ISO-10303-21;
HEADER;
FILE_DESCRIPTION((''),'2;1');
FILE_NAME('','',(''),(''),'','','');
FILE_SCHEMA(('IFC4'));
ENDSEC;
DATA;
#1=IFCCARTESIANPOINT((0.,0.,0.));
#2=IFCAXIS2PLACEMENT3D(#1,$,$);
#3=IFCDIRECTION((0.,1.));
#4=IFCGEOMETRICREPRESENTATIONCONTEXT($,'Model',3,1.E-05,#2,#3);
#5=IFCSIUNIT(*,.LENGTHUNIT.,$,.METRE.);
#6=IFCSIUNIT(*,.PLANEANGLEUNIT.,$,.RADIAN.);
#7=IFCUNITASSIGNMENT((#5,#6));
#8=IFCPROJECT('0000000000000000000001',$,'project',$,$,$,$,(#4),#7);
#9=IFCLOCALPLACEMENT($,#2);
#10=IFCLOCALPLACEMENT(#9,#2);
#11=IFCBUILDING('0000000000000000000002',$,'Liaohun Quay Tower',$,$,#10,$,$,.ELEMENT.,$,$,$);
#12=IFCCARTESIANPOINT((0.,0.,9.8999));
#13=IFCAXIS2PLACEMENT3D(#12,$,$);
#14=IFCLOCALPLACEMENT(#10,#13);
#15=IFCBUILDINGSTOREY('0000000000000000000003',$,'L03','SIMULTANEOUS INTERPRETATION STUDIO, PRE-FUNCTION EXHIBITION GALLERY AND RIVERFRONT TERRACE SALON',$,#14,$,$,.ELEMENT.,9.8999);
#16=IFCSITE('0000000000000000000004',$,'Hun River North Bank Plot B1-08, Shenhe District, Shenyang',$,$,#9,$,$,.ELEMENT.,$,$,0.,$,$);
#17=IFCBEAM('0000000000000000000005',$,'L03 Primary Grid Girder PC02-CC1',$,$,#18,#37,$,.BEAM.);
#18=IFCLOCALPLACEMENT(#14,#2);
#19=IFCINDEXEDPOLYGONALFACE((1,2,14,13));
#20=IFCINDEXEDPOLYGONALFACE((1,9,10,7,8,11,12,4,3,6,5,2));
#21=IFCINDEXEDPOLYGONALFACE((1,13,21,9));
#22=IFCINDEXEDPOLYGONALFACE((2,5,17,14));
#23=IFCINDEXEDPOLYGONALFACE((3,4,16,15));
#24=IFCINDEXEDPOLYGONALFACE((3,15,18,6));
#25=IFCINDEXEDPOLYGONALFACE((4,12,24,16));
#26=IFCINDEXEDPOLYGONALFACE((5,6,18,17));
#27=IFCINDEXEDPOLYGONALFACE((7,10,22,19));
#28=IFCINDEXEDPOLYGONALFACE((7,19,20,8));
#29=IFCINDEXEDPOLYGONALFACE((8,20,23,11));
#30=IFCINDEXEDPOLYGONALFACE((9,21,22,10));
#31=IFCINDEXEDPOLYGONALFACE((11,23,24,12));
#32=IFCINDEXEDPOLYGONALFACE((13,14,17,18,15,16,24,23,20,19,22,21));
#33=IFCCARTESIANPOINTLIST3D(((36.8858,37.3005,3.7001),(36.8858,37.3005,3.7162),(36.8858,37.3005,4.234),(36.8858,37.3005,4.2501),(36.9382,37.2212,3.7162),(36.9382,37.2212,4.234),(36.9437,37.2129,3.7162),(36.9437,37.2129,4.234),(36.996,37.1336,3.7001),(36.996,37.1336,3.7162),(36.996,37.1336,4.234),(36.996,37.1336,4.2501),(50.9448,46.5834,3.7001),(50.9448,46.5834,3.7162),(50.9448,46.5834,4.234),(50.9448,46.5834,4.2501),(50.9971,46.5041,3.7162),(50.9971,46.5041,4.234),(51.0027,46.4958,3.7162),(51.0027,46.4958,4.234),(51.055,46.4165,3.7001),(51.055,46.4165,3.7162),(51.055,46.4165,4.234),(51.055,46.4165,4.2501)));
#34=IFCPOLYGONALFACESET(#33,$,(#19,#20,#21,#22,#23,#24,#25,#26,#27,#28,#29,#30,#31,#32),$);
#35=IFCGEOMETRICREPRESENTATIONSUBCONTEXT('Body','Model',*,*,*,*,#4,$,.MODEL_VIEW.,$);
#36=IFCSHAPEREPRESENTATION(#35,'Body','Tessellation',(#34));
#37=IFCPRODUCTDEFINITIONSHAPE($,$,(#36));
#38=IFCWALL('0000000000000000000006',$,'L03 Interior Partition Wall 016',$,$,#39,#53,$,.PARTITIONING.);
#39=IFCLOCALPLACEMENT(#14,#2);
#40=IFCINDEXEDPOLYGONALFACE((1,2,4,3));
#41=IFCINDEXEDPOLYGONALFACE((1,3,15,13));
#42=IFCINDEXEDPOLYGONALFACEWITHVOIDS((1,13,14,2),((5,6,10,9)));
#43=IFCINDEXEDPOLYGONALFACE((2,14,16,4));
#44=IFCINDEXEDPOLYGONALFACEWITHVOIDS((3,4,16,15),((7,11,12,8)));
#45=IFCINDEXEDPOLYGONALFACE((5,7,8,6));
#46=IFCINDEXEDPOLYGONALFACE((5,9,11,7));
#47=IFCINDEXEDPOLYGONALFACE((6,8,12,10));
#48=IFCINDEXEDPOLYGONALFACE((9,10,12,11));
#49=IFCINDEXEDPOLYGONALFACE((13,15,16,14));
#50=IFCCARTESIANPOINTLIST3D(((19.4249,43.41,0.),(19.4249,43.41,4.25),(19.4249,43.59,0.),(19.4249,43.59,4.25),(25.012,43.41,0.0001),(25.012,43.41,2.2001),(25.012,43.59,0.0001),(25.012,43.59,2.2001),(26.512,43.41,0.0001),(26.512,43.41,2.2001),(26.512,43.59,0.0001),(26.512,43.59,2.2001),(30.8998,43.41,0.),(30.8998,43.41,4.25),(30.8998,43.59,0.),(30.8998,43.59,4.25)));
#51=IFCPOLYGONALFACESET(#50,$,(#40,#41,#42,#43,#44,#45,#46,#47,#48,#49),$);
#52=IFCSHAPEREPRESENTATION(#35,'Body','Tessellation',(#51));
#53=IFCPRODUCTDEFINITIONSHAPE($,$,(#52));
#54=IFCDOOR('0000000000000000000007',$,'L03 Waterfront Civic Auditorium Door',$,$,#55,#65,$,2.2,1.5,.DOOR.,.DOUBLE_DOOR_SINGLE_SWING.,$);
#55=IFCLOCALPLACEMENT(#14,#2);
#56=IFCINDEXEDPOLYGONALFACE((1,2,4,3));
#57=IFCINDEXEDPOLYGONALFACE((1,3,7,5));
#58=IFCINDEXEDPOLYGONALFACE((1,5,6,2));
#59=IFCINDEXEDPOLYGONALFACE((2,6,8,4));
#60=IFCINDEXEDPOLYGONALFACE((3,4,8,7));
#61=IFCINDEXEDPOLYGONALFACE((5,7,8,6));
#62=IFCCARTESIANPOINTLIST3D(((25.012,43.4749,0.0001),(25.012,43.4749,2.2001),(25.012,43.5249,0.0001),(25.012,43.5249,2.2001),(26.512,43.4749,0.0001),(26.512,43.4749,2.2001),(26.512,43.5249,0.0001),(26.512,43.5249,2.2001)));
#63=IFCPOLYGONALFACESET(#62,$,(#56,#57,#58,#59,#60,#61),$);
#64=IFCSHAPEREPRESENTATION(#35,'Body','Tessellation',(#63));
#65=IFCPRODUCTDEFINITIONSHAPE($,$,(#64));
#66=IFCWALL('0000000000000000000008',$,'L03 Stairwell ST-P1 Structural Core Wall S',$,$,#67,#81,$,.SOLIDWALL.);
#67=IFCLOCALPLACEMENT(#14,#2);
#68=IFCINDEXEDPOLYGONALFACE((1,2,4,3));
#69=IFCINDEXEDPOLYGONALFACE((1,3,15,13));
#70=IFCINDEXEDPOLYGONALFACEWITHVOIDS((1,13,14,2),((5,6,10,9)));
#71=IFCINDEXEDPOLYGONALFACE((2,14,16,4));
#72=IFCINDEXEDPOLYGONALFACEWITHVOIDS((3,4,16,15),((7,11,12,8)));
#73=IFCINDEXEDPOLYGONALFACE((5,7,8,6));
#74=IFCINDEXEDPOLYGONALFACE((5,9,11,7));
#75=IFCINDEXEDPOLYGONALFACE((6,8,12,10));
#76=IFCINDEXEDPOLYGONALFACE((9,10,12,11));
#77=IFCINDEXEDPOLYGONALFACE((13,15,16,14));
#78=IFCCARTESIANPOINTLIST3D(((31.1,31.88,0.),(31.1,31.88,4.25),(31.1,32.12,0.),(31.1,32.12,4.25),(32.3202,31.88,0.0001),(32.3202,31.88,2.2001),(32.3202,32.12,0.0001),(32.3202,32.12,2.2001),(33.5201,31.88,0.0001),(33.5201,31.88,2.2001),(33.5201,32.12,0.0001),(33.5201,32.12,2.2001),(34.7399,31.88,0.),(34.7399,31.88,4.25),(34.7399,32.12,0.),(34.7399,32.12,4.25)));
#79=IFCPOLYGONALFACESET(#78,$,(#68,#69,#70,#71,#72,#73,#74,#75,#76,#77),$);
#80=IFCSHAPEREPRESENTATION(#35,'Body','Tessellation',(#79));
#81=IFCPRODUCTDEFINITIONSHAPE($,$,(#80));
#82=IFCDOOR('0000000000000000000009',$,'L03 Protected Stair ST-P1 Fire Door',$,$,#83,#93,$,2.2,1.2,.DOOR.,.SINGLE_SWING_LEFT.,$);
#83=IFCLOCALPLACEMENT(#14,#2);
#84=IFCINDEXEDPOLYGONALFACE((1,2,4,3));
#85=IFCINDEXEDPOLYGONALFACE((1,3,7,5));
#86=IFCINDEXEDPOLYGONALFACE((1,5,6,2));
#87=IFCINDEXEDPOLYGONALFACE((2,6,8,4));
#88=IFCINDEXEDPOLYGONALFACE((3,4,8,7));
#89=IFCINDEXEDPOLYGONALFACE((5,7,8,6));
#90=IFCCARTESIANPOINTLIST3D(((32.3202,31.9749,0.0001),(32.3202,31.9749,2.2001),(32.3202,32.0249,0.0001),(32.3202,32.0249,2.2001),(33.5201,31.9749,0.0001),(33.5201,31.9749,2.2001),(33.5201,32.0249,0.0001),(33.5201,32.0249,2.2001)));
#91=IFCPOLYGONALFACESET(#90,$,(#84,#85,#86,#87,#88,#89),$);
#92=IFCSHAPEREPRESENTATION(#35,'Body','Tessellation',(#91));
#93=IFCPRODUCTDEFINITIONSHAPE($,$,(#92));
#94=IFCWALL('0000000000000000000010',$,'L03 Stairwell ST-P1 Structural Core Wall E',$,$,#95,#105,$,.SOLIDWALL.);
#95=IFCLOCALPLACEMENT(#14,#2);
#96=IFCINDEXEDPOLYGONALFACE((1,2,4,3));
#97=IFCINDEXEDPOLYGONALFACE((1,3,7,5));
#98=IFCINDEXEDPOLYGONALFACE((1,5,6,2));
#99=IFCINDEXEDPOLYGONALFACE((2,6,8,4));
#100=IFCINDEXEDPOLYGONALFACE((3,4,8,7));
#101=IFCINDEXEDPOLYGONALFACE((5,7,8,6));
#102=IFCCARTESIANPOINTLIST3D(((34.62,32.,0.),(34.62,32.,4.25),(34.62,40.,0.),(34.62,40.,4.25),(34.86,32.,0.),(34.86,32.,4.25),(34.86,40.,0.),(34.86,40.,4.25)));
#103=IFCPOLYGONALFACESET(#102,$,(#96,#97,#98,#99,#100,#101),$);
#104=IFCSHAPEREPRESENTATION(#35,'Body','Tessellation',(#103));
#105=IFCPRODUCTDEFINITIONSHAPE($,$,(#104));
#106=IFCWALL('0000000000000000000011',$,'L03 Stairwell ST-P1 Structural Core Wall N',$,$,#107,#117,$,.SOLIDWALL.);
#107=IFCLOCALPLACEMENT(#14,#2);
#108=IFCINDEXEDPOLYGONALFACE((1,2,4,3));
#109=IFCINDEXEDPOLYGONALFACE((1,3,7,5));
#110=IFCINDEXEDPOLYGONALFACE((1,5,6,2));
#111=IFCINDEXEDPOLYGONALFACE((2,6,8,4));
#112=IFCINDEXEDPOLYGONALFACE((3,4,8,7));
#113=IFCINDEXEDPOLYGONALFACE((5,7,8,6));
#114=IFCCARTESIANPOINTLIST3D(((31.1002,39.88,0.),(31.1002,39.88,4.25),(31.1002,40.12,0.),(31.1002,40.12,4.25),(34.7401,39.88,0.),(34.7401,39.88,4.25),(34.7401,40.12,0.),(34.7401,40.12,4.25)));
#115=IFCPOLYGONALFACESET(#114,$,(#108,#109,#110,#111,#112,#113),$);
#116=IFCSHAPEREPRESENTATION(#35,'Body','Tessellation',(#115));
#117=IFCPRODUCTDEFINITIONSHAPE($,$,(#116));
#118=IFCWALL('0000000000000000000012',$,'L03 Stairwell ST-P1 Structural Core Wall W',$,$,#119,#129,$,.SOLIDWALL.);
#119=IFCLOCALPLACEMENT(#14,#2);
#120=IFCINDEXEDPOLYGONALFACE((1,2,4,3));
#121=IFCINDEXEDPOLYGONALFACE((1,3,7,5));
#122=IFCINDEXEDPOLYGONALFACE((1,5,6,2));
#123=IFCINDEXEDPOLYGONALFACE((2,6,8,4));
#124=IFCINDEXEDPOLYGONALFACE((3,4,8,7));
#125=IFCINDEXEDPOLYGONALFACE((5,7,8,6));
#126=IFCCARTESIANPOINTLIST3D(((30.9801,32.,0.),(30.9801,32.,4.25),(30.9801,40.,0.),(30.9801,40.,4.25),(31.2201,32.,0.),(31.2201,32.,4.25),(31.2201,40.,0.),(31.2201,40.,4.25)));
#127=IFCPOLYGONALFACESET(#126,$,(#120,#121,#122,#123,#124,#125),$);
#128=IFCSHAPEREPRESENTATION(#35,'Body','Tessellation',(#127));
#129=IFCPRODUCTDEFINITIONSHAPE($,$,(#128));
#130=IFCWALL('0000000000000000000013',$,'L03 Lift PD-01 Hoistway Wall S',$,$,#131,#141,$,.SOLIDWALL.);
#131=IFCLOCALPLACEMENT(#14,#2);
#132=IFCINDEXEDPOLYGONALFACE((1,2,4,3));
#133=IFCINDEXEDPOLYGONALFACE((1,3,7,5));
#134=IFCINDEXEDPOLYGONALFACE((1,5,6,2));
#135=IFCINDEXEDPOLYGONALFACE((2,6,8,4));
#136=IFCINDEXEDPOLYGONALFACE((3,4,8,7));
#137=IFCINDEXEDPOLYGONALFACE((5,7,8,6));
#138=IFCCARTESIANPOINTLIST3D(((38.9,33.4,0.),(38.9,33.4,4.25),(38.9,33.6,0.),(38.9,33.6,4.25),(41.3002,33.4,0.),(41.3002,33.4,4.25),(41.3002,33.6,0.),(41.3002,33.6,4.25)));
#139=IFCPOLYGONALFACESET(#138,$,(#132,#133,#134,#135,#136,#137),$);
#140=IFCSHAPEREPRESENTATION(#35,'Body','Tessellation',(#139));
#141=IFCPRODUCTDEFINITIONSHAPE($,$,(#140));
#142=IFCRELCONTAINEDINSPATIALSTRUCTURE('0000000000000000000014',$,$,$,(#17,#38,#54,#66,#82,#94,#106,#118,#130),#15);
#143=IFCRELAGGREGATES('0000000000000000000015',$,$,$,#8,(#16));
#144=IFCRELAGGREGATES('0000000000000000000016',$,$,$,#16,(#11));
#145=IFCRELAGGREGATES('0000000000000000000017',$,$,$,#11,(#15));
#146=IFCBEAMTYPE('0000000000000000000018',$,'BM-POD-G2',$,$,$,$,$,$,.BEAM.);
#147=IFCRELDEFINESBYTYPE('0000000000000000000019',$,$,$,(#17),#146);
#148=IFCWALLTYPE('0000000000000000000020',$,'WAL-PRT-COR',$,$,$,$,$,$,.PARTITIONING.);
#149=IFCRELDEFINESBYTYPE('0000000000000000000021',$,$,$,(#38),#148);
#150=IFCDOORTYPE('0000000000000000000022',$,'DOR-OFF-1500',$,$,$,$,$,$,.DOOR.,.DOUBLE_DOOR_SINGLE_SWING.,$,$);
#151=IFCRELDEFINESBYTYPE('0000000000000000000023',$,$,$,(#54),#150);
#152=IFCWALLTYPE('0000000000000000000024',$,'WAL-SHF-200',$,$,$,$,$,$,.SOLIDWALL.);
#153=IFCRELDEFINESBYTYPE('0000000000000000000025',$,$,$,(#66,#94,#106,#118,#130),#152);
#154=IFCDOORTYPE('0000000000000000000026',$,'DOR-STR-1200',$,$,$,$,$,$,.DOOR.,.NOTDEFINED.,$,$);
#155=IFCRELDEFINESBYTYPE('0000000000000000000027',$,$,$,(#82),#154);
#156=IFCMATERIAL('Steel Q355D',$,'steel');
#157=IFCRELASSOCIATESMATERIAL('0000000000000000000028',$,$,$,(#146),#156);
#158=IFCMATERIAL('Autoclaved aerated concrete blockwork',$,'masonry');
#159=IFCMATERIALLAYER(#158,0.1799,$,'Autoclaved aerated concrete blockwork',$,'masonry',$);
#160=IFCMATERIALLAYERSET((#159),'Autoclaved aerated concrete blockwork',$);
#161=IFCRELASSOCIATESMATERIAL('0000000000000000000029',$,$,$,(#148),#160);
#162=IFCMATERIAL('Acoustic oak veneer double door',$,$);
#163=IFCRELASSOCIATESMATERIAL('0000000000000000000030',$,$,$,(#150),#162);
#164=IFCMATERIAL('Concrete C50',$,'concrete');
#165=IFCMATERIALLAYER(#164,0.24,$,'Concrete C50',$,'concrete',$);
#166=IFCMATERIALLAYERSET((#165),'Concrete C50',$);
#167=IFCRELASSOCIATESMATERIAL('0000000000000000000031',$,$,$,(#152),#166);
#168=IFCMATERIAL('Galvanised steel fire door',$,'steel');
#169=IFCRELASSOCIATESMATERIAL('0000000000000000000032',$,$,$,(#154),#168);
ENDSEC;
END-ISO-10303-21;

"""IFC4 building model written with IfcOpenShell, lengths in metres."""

from ifc_helpers import new_model, si_unit, direction, frame, frame_2d, origin, origin_2d, place, context, subcontext, project, spatial, rectangle, i_section, extrude, source, transform, mapped, material, layer, layer_set, material_profile, profile_set, type_object, element, fill, save


model = new_model("IFC4")

# Units and contexts
model_context = context("Model", 3, precision=1e-05, world=origin(), true_north=direction((0.0, 1.0)))
body_context = subcontext(model_context, "Body", "Model", "MODEL_VIEW")
ifc_project = project(units=[si_unit("LENGTHUNIT", "METRE"), si_unit("PLANEANGLEUNIT", "RADIAN")], contexts=[model_context])

# Site, building, storey
site_placement = place(None, origin())
site = spatial("IfcSite", under=ifc_project, at=site_placement, Name="Hun River North Bank Plot B1-08, Shenhe District, Shenyang", CompositionType="ELEMENT", RefElevation=0.0)
building_placement = place(site_placement, origin())
building = spatial("IfcBuilding", under=site, at=building_placement, Name="Liaohun Quay Tower", CompositionType="ELEMENT")
storey_placement = place(building_placement, frame((0.0, 0.0, 9.8999)))
storey = spatial("IfcBuildingStorey", under=building, at=storey_placement, Name="L03", Description="SIMULTANEOUS INTERPRETATION STUDIO, PRE-FUNCTION EXHIBITION GALLERY AND RIVERFRONT TERRACE SALON", CompositionType="ELEMENT", Elevation=9.8999)

# Beam
ifc_material_1 = material(Name="Steel Q355D", Category="steel")
ifc_material_profile_1 = material_profile(ifc_material_1, i_section(OverallWidth=0.2, OverallDepth=0.55, WebThickness=0.01, FlangeThickness=0.0161, at=origin_2d()), Name="HN550x200x10x16")
ifc_profile_set_1 = profile_set([ifc_material_profile_1], Name="Steel Q355D")
beam_type_1 = type_object("IfcBeamType", Name="BM-POD-G2", PredefinedType="BEAM", material=ifc_profile_set_1)
shared_shape_1 = source(origin(), body_context, "Body", "SweptSolid", [
    extrude(i_section(OverallWidth=0.2, OverallDepth=0.55, WebThickness=0.01, FlangeThickness=0.0161, at=origin_2d()), origin(), (0.0, 0.0, 1.0), 16.8472),
])
beam_1_placement = place(storey_placement, frame((36.9409, 37.217, 3.9751), z_axis=(0.834501, 0.551006, 0.0), x_axis=(-0.551006, 0.834501, 0.0)))
element("IfcBeam", 1, at=beam_1_placement, inside=storey, type_object=beam_type_1, Name="L03 Primary Grid Girder PC02-CC1", PredefinedType="BEAM", context=body_context, shape_type="MappedRepresentation", body=[
    mapped(shared_shape_1, transform((0.0, 0.0, 0.0), x_axis=(1.0, 0.0, 0.0), y_axis=(0.0, 1.0, 0.0), z_axis=(0.0, 0.0, 1.0), scale=1.0)),
])

# Walls, openings, doors
ifc_material_2 = material(Name="Autoclaved aerated concrete blockwork", Category="masonry")
ifc_layer_1 = layer(ifc_material_2, 0.1799, Name="Autoclaved aerated concrete blockwork", Category="masonry")
ifc_layer_set_1 = layer_set([ifc_layer_1], Name="Autoclaved aerated concrete blockwork")
wall_type_1 = type_object("IfcWallType", Name="WAL-PRT-COR", PredefinedType="PARTITIONING", material=ifc_layer_set_1)
wall_1_placement = place(storey_placement, frame((19.425, 43.5, 0.0), z_axis=(0.0, 0.0, 1.0), x_axis=(1.0, 0.0, 0.0)))
wall_1 = element("IfcWall", 2, at=wall_1_placement, inside=storey, type_object=wall_type_1, Name="L03 Interior Partition Wall 016", PredefinedType="PARTITIONING", context=body_context, shape_type="SweptSolid", body=[
    extrude(rectangle(XDim=11.4749, YDim=0.1799, at=frame_2d((5.7373, 0.0))), origin(), (0.0, 0.0, 1.0), 4.25),
])
shared_shape_2 = source(origin(), body_context, "Body", "SweptSolid", [
    extrude(rectangle(XDim=1.5, YDim=2.2, at=frame_2d((0.75, 1.1001))), frame((0.0, 0.0999, 0.0), z_axis=(0.0, -1.0, 0.0), x_axis=(1.0, 0.0, 0.0)), (0.0, 0.0, 1.0), 0.2),
])
opening_1_placement = place(wall_1_placement, frame((5.5869, 0.0, 0.0)))
opening_1 = element("IfcOpeningElement", 3, at=opening_1_placement, cuts=wall_1, PredefinedType="OPENING", context=body_context, shape_type="MappedRepresentation", body=[
    mapped(shared_shape_2, transform((0.0, 0.0, 0.0), x_axis=(1.0, 0.0, 0.0), y_axis=(0.0, 1.0, 0.0), z_axis=(0.0, 0.0, 1.0), scale=1.0)),
])
ifc_material_3 = material(Name="Acoustic oak veneer double door")
door_type_1 = type_object("IfcDoorType", Name="DOR-OFF-1500", OperationType="DOUBLE_DOOR_SINGLE_SWING", PredefinedType="DOOR", material=ifc_material_3)
shared_shape_3 = source(origin(), body_context, "Body", "SweptSolid", [
    extrude(rectangle(XDim=1.5, YDim=2.2, at=frame_2d((0.75, 1.1001))), frame((0.0, 0.0249, 0.0), z_axis=(0.0, -1.0, 0.0), x_axis=(1.0, 0.0, 0.0)), (0.0, 0.0, 1.0), 0.05),
])
door_1_placement = place(opening_1_placement, origin())
door_1 = element("IfcDoor", 4, at=door_1_placement, inside=storey, type_object=door_type_1, Name="L03 Waterfront Civic Auditorium Door", OperationType="DOUBLE_DOOR_SINGLE_SWING", OverallHeight=2.2, OverallWidth=1.5, PredefinedType="DOOR", context=body_context, shape_type="MappedRepresentation", body=[
    mapped(shared_shape_3, transform((0.0, 0.0, 0.0), x_axis=(1.0, 0.0, 0.0), y_axis=(0.0, 1.0, 0.0), z_axis=(0.0, 0.0, 1.0), scale=1.0)),
])
fill(opening_1, door_1)
ifc_material_4 = material(Name="Concrete C50", Category="concrete")
ifc_layer_2 = layer(ifc_material_4, 0.24, Name="Concrete C50", Category="concrete")
ifc_layer_set_2 = layer_set([ifc_layer_2], Name="Concrete C50")
wall_type_2 = type_object("IfcWallType", Name="WAL-SHF-200", PredefinedType="SOLIDWALL", material=ifc_layer_set_2)
wall_2_placement = place(storey_placement, frame((31.1001, 32.0, 0.0), z_axis=(0.0, 0.0, 1.0), x_axis=(1.0, 0.0, 0.0)))
wall_2 = element("IfcWall", 5, at=wall_2_placement, inside=storey, type_object=wall_type_2, Name="L03 Stairwell ST-P1 Structural Core Wall S", PredefinedType="SOLIDWALL", context=body_context, shape_type="SweptSolid", body=[
    extrude(rectangle(XDim=3.6399, YDim=0.24, at=frame_2d((1.8198, 0.0))), origin(), (0.0, 0.0, 1.0), 4.25),
])
shared_shape_4 = source(origin(), body_context, "Body", "SweptSolid", [
    extrude(rectangle(XDim=1.2, YDim=2.2, at=frame_2d((0.6001, 1.1001))), frame((0.0, 0.1299, 0.0), z_axis=(0.0, -1.0, 0.0), x_axis=(1.0, 0.0, 0.0)), (0.0, 0.0, 1.0), 0.26),
])
opening_2_placement = place(wall_2_placement, frame((1.22, 0.0, 0.0)))
opening_2 = element("IfcOpeningElement", 6, at=opening_2_placement, cuts=wall_2, PredefinedType="OPENING", context=body_context, shape_type="MappedRepresentation", body=[
    mapped(shared_shape_4, transform((0.0, 0.0, 0.0), x_axis=(1.0, 0.0, 0.0), y_axis=(0.0, 1.0, 0.0), z_axis=(0.0, 0.0, 1.0), scale=1.0)),
])
ifc_material_5 = material(Name="Galvanised steel fire door", Category="steel")
door_type_2 = type_object("IfcDoorType", Name="DOR-STR-1200", OperationType="NOTDEFINED", PredefinedType="DOOR", material=ifc_material_5)
shared_shape_5 = source(origin(), body_context, "Body", "SweptSolid", [
    extrude(rectangle(XDim=1.2, YDim=2.2, at=frame_2d((0.6001, 1.1001))), frame((0.0, 0.0249, 0.0), z_axis=(0.0, -1.0, 0.0), x_axis=(1.0, 0.0, 0.0)), (0.0, 0.0, 1.0), 0.05),
])
door_2_placement = place(opening_2_placement, origin())
door_2 = element("IfcDoor", 7, at=door_2_placement, inside=storey, type_object=door_type_2, Name="L03 Protected Stair ST-P1 Fire Door", OperationType="SINGLE_SWING_LEFT", OverallHeight=2.2, OverallWidth=1.2, PredefinedType="DOOR", context=body_context, shape_type="MappedRepresentation", body=[
    mapped(shared_shape_5, transform((0.0, 0.0, 0.0), x_axis=(1.0, 0.0, 0.0), y_axis=(0.0, 1.0, 0.0), z_axis=(0.0, 0.0, 1.0), scale=1.0)),
])
fill(opening_2, door_2)

# Walls
wall_3_placement = place(storey_placement, frame((34.74, 32.0, 0.0), z_axis=(0.0, 0.0, 1.0), x_axis=(0.0, 1.0, 0.0)))
element("IfcWall", 8, at=wall_3_placement, inside=storey, type_object=wall_type_2, Name="L03 Stairwell ST-P1 Structural Core Wall E", PredefinedType="SOLIDWALL", context=body_context, shape_type="SweptSolid", body=[
    extrude(rectangle(XDim=8.0, YDim=0.24, at=frame_2d((4.0, 0.0))), origin(), (0.0, 0.0, 1.0), 4.25),
])
wall_4_placement = place(storey_placement, frame((34.74, 40.0, 0.0), z_axis=(0.0, 0.0, 1.0), x_axis=(-1.0, 0.0, 0.0)))
element("IfcWall", 9, at=wall_4_placement, inside=storey, type_object=wall_type_2, Name="L03 Stairwell ST-P1 Structural Core Wall N", PredefinedType="SOLIDWALL", context=body_context, shape_type="SweptSolid", body=[
    extrude(rectangle(XDim=3.6399, YDim=0.24, at=frame_2d((1.8198, 0.0))), origin(), (0.0, 0.0, 1.0), 4.25),
])
wall_5_placement = place(storey_placement, frame((31.1001, 40.0, 0.0), z_axis=(0.0, 0.0, 1.0), x_axis=(0.0, -1.0, 0.0)))
element("IfcWall", 10, at=wall_5_placement, inside=storey, type_object=wall_type_2, Name="L03 Stairwell ST-P1 Structural Core Wall W", PredefinedType="SOLIDWALL", context=body_context, shape_type="SweptSolid", body=[
    extrude(rectangle(XDim=8.0, YDim=0.24, at=frame_2d((4.0, 0.0))), origin(), (0.0, 0.0, 1.0), 4.25),
])
wall_6_placement = place(storey_placement, frame((38.8999, 33.5, 0.0), z_axis=(0.0, 0.0, 1.0), x_axis=(1.0, 0.0, 0.0)))
element("IfcWall", 11, at=wall_6_placement, inside=storey, type_object=wall_type_2, Name="L03 Lift PD-01 Hoistway Wall S", PredefinedType="SOLIDWALL", context=body_context, shape_type="SweptSolid", body=[
    extrude(rectangle(XDim=2.4001, YDim=0.2, at=frame_2d((1.2002, 0.0))), origin(), (0.0, 0.0, 1.0), 4.25),
])

save(model, "model.ifc")
